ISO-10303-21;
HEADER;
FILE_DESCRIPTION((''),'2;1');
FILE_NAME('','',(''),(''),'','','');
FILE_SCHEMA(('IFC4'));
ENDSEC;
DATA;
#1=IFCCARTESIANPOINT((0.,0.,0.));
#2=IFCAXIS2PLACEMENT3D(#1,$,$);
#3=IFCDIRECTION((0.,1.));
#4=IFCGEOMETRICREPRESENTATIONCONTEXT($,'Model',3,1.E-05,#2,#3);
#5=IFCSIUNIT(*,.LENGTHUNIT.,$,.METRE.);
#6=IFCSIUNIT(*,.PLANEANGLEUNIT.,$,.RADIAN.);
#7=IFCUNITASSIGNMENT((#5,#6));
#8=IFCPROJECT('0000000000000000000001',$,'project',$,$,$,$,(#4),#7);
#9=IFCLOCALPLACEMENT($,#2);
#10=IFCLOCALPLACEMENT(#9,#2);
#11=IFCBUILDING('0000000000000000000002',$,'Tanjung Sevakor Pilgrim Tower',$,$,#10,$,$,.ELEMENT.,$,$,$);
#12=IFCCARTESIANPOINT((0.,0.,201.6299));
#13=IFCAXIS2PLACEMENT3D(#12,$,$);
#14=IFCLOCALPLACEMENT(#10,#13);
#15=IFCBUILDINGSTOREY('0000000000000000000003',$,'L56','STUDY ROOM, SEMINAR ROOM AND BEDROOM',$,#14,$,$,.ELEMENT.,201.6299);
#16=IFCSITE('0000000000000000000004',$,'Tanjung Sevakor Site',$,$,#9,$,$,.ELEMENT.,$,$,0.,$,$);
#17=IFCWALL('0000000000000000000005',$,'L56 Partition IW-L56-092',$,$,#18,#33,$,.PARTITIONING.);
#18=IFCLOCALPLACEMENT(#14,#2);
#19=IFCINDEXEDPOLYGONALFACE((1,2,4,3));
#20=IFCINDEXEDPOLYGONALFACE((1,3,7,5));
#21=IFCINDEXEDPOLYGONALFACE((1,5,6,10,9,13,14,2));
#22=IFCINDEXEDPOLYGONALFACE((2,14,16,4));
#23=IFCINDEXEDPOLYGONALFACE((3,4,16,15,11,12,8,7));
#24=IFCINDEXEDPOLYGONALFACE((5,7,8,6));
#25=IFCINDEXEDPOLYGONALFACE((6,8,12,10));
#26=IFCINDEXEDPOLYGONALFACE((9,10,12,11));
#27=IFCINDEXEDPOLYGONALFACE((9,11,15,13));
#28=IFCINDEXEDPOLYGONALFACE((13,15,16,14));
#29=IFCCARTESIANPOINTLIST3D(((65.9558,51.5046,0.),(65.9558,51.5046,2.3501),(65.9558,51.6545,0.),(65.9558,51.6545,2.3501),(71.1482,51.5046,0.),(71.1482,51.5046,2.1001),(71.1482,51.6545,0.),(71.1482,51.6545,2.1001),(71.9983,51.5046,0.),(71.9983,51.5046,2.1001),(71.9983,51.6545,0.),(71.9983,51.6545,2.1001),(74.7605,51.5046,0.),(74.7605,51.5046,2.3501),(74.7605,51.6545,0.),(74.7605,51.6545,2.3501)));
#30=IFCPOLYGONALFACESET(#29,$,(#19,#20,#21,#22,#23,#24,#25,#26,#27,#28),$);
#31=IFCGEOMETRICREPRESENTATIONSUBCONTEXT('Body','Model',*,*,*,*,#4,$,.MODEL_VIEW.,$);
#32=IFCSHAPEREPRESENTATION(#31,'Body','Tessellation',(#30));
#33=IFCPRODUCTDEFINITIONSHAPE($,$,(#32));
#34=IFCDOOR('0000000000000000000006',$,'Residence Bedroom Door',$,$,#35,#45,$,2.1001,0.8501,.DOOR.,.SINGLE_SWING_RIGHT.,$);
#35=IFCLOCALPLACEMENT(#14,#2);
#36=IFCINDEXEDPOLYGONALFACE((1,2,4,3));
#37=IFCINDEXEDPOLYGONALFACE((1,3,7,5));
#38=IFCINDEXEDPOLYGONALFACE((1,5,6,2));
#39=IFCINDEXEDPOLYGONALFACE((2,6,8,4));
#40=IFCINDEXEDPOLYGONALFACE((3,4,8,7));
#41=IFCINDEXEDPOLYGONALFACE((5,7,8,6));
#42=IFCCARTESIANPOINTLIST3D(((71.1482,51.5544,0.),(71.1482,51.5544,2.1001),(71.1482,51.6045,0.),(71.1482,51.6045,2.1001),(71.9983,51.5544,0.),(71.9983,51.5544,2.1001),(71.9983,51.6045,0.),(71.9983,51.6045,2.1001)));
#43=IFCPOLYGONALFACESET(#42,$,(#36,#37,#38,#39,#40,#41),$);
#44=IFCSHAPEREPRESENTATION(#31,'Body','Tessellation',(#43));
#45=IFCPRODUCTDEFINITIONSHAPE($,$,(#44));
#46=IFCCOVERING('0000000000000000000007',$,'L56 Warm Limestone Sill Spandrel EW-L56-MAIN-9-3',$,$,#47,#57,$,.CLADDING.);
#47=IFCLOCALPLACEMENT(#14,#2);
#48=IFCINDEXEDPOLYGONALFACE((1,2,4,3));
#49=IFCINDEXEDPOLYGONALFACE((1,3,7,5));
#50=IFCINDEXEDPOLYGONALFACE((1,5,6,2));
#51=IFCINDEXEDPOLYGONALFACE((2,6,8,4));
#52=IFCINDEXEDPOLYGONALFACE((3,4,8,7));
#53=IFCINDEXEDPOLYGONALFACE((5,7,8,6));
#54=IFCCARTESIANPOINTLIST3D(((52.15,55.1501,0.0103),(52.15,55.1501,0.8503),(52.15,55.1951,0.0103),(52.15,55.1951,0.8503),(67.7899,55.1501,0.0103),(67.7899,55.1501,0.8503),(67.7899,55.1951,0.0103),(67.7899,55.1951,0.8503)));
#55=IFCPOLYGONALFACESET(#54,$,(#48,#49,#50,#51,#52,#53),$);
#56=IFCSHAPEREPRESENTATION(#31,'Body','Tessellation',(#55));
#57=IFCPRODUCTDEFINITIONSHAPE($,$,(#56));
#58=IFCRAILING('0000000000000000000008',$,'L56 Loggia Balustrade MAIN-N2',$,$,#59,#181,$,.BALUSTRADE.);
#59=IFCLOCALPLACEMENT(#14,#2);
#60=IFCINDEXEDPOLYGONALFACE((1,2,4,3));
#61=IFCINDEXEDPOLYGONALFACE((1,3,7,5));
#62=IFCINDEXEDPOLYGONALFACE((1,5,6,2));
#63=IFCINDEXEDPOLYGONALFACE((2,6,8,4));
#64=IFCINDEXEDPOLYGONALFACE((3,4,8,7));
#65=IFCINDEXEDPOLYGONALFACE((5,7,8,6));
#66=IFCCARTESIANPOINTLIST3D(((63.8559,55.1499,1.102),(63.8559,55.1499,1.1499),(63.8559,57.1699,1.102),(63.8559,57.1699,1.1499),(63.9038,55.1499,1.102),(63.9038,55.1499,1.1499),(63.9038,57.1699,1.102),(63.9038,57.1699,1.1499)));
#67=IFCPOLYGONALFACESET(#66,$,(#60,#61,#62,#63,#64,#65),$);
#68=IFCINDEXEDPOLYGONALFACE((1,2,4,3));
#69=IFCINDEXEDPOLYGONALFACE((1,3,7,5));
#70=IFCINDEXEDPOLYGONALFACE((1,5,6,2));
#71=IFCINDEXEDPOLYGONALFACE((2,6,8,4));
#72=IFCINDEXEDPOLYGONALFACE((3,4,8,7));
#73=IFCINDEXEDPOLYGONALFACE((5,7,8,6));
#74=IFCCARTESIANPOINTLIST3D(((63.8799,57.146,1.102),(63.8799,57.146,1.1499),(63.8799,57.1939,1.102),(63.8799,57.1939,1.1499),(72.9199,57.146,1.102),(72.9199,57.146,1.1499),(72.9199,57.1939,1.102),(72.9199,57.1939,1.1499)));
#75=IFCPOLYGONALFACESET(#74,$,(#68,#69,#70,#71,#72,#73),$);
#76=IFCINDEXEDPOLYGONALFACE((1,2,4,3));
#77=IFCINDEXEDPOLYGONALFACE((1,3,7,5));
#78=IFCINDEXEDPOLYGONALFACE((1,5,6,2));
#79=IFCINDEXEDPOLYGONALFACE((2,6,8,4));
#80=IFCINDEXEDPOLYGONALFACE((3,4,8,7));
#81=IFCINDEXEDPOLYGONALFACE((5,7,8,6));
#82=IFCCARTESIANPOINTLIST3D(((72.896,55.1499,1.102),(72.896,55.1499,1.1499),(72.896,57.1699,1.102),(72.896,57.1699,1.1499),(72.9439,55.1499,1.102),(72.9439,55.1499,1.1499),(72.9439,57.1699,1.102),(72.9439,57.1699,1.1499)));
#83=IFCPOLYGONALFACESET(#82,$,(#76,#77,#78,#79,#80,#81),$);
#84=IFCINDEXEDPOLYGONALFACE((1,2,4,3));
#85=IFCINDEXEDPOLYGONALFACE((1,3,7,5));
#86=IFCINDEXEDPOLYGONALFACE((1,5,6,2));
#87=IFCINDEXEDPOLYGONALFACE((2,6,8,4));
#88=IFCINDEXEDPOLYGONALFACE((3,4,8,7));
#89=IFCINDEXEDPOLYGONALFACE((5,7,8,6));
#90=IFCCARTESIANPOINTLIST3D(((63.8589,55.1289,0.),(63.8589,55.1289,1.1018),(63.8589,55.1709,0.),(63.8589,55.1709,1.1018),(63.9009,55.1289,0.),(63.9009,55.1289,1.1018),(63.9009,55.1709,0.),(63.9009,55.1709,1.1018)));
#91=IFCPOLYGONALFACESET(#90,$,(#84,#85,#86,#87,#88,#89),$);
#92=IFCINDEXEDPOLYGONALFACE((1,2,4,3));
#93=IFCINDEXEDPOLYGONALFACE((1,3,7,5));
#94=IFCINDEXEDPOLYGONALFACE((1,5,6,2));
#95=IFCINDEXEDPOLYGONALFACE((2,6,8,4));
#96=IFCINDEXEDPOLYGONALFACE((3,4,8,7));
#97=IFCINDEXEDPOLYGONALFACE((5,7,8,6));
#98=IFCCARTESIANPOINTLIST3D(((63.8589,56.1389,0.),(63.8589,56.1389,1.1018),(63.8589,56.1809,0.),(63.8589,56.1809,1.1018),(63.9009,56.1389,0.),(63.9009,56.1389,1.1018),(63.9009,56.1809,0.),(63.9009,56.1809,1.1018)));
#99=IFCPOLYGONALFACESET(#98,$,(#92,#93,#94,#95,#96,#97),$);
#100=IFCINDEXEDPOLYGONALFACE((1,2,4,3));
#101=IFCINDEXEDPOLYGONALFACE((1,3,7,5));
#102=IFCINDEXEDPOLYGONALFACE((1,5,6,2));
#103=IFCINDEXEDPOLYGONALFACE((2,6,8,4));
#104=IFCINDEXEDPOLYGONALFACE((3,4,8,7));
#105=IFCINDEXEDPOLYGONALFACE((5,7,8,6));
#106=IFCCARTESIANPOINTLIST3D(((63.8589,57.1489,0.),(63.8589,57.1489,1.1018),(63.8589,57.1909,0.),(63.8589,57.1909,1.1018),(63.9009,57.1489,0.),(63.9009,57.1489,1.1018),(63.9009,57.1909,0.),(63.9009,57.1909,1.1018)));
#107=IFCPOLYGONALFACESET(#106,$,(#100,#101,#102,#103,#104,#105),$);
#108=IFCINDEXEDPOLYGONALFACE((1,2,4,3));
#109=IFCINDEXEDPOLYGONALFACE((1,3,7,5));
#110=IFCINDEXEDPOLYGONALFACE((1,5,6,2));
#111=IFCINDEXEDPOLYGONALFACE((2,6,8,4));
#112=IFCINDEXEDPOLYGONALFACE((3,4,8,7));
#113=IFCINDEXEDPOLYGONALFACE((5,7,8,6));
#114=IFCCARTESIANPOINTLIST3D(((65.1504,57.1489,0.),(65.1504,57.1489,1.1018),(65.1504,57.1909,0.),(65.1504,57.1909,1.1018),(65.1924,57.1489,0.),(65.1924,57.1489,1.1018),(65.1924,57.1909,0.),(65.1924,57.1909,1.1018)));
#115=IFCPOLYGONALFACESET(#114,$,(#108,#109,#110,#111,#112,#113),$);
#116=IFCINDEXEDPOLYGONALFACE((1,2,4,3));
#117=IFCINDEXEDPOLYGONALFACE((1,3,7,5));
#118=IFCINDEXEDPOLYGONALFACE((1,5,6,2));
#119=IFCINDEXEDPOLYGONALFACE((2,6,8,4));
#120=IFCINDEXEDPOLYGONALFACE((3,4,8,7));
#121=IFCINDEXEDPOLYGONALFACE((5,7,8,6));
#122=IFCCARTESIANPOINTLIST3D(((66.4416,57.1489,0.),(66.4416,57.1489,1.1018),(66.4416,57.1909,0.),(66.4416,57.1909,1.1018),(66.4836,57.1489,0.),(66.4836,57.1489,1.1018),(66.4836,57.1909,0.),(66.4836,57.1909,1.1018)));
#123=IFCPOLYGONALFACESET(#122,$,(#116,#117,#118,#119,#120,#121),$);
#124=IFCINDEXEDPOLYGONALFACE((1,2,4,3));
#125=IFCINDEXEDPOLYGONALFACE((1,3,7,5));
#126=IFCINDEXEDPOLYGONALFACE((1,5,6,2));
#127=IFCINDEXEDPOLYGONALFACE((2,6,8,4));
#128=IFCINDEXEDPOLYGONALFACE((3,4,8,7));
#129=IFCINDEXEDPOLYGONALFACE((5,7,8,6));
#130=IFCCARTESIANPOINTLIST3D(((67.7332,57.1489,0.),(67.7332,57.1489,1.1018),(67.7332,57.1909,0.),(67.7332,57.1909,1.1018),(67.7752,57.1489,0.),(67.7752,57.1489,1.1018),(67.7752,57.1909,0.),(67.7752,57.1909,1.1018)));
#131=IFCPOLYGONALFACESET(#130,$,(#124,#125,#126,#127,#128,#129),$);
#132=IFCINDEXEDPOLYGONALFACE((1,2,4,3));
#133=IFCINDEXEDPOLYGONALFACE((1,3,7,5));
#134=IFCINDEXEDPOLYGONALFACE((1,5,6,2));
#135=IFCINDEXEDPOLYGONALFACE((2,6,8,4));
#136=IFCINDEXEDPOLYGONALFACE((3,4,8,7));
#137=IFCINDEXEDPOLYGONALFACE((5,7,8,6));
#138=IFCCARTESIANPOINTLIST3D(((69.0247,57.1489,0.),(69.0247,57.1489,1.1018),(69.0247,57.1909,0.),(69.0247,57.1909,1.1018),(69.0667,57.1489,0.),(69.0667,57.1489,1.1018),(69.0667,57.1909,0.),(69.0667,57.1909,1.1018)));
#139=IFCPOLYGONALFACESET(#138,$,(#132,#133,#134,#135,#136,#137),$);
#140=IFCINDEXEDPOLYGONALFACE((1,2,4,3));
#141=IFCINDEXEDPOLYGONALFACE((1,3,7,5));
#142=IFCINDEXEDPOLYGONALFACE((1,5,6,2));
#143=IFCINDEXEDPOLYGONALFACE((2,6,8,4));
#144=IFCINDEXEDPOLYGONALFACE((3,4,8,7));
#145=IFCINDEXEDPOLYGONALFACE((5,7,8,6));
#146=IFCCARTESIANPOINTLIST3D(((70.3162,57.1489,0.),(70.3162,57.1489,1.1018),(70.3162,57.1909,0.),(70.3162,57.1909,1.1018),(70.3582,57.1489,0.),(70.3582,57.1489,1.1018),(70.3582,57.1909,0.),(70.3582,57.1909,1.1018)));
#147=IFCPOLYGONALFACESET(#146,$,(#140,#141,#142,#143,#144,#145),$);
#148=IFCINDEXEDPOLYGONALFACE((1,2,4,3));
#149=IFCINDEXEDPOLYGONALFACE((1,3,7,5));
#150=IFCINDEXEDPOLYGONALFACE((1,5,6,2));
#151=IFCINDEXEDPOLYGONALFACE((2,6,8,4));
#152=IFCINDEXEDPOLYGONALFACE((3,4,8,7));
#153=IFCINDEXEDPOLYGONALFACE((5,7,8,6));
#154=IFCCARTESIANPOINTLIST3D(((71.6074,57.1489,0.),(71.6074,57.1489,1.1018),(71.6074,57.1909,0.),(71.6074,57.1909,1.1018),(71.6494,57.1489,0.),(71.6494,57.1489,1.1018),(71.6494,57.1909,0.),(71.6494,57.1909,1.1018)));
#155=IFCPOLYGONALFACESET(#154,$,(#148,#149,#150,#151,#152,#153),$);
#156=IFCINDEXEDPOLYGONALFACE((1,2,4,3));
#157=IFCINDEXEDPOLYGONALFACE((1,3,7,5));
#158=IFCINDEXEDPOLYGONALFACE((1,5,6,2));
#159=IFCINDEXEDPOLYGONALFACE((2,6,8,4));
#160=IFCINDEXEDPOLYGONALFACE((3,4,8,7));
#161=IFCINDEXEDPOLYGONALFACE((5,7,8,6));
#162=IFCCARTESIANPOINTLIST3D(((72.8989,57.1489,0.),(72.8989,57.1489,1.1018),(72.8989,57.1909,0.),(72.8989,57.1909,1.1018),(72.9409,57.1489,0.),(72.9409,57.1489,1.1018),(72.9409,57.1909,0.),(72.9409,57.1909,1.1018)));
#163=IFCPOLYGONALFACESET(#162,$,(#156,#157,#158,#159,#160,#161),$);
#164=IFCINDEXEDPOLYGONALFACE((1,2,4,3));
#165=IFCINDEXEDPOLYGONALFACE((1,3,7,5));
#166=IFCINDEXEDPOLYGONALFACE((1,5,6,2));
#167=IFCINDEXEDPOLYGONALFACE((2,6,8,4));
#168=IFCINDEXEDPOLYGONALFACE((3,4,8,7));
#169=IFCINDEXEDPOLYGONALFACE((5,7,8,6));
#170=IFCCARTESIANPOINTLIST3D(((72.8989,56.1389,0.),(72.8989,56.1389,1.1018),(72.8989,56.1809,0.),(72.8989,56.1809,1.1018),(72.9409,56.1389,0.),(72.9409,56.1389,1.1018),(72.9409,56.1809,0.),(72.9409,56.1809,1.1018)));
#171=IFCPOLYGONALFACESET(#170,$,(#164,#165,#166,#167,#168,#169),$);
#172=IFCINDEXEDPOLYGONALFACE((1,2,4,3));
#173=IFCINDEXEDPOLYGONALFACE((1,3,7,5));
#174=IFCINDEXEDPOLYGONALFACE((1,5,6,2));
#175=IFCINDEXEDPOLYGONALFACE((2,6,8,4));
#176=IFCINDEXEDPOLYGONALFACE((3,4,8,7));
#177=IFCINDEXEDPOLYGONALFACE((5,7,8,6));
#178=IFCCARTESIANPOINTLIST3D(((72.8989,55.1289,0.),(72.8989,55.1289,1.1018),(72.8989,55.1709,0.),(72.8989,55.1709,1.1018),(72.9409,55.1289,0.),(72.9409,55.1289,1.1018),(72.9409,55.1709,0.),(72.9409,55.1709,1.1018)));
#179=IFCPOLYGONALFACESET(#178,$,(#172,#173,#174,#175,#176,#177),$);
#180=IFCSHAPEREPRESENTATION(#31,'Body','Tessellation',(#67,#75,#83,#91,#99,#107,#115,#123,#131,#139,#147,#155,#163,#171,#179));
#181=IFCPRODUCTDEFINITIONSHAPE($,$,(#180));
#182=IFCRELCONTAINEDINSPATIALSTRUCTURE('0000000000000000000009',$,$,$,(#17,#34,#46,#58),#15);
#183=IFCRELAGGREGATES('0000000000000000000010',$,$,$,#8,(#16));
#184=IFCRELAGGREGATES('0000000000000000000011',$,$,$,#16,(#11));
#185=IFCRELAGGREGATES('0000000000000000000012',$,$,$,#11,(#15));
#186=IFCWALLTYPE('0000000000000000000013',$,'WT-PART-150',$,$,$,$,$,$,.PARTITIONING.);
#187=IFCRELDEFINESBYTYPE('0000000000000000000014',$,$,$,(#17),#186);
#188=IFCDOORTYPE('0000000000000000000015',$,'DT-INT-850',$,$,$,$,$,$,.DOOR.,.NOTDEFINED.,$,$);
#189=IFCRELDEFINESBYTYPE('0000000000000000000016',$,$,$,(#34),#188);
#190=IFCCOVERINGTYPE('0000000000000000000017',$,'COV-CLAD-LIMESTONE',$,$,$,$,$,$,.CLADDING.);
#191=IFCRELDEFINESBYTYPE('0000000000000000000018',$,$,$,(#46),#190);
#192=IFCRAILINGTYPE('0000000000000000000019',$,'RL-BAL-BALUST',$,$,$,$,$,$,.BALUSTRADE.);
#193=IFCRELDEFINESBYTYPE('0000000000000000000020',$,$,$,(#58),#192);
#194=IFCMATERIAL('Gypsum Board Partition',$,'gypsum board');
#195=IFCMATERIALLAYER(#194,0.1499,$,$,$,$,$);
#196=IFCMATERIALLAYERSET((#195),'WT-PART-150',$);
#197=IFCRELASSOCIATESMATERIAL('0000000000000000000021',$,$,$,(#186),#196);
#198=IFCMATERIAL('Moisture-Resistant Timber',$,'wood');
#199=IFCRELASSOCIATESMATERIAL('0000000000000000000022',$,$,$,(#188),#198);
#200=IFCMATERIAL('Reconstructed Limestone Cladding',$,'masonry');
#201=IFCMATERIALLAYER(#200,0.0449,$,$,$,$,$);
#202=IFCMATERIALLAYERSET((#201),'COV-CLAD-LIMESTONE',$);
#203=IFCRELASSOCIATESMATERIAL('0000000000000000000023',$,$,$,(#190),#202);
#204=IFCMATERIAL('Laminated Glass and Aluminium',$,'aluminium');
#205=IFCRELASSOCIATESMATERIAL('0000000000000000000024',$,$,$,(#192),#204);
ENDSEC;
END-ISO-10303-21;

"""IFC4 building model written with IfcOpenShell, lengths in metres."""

from ifc_helpers import new_model, si_unit, direction, frame, frame_2d, origin, origin_2d, place, context, subcontext, project, spatial, rectangle, extrude, material, layer, layer_set, type_object, element, fill, save


model = new_model("IFC4")

# Units and contexts
model_context = context("Model", 3, precision=1e-05, world=origin(), true_north=direction((0.0, 1.0)))
body_context = subcontext(model_context, "Body", "Model", "MODEL_VIEW")
ifc_project = project(units=[si_unit("LENGTHUNIT", "METRE"), si_unit("PLANEANGLEUNIT", "RADIAN")], contexts=[model_context])

# Site, building, storey
site_placement = place(None, origin())
site = spatial("IfcSite", under=ifc_project, at=site_placement, Name="Tanjung Sevakor Site", CompositionType="ELEMENT", RefElevation=0.0)
building_placement = place(site_placement, origin())
building = spatial("IfcBuilding", under=site, at=building_placement, Name="Tanjung Sevakor Pilgrim Tower", CompositionType="ELEMENT")
storey_placement = place(building_placement, frame((0.0, 0.0, 201.6299)))
storey = spatial("IfcBuildingStorey", under=building, at=storey_placement, Name="L56", Description="STUDY ROOM, SEMINAR ROOM AND BEDROOM", CompositionType="ELEMENT", Elevation=201.6299)

# Shared definitions
ifc_material_1 = material(Name="Gypsum Board Partition", Category="gypsum board")
ifc_layer_1 = layer(ifc_material_1, 0.1499)
ifc_layer_set_1 = layer_set([ifc_layer_1], Name="WT-PART-150")
wall_type_1 = type_object("IfcWallType", Name="WT-PART-150", PredefinedType="PARTITIONING", material=ifc_layer_set_1)

# Shared definitions
ifc_material_2 = material(Name="Moisture-Resistant Timber", Category="wood")
door_type_1 = type_object("IfcDoorType", Name="DT-INT-850", OperationType="NOTDEFINED", PredefinedType="DOOR", material=ifc_material_2)

# Wall, opening, door
wall_1_placement = place(storey_placement, frame((65.9558, 51.5796, 0.0), z_axis=(0.0, 0.0, 1.0), x_axis=(1.0, 0.0, 0.0)))
wall_1 = element("IfcWall", 1, at=wall_1_placement, inside=storey, type_object=wall_type_1, Name="L56 Partition IW-L56-092", PredefinedType="PARTITIONING", context=body_context, shape_type="SweptSolid", body=[
    extrude(rectangle(XDim=8.8047, YDim=0.1499, at=frame_2d((4.4023, 0.0))), origin(), (0.0, 0.0, 1.0), 2.3501),
])
opening_1_placement = place(wall_1_placement, frame((5.1924, 0.0, 0.0)))
opening_1 = element("IfcOpeningElement", 2, at=opening_1_placement, cuts=wall_1, PredefinedType="OPENING", context=body_context, shape_type="SweptSolid", body=[
    extrude(rectangle(XDim=0.8501, YDim=2.1001, at=frame_2d((0.425, 1.05))), frame((0.0, 0.085, 0.0), z_axis=(0.0, -1.0, 0.0), x_axis=(1.0, 0.0, 0.0)), (0.0, 0.0, 1.0), 0.1699),
])
door_1_placement = place(opening_1_placement, origin())
door_1 = element("IfcDoor", 3, at=door_1_placement, inside=storey, type_object=door_type_1, Name="Residence Bedroom Door", OperationType="SINGLE_SWING_RIGHT", OverallHeight=2.1001, OverallWidth=0.8501, PredefinedType="DOOR", context=body_context, shape_type="SweptSolid", body=[
    extrude(rectangle(XDim=0.8501, YDim=2.1001, at=frame_2d((0.425, 1.05))), frame((0.0, 0.0249, 0.0), z_axis=(0.0, -1.0, 0.0), x_axis=(1.0, 0.0, 0.0)), (0.0, 0.0, 1.0), 0.05),
])
fill(opening_1, door_1)

# Covering
ifc_material_3 = material(Name="Reconstructed Limestone Cladding", Category="masonry")
ifc_layer_2 = layer(ifc_material_3, 0.0449)
ifc_layer_set_2 = layer_set([ifc_layer_2], Name="COV-CLAD-LIMESTONE")
covering_type = type_object("IfcCoveringType", Name="COV-CLAD-LIMESTONE", PredefinedType="CLADDING", material=ifc_layer_set_2)
covering_placement = place(storey_placement, frame((59.97, 55.1726, 0.0103), z_axis=(0.0, 0.0, 1.0), x_axis=(-1.0, 0.0, 0.0)))
element("IfcCovering", 4, at=covering_placement, inside=storey, type_object=covering_type, Name="L56 Warm Limestone Sill Spandrel EW-L56-MAIN-9-3", PredefinedType="CLADDING", context=body_context, shape_type="SweptSolid", body=[
    extrude(rectangle(XDim=15.6399, YDim=0.0449, at=origin_2d()), origin(), (0.0, 0.0, 1.0), 0.8401),
])

# Railing
ifc_material_4 = material(Name="Laminated Glass and Aluminium", Category="aluminium")
railing_type = type_object("IfcRailingType", Name="RL-BAL-BALUST", PredefinedType="BALUSTRADE", material=ifc_material_4)
railing_placement = place(storey_placement, frame((63.8799, 55.1499, 0.0)))
element("IfcRailing", 5, at=railing_placement, inside=storey, type_object=railing_type, Name="L56 Loggia Balustrade MAIN-N2", PredefinedType="BALUSTRADE", context=body_context, shape_type="SweptSolid", body=[
    extrude(rectangle(XDim=0.0479, YDim=0.0479), frame((0.0, 0.0, 1.126), z_axis=(0.0, 1.0, 0.0), x_axis=(-1.0, 0.0, 0.0)), (0.0, 0.0, 1.0), 2.02),
    extrude(rectangle(XDim=0.0479, YDim=0.0479), frame((0.0, 2.02, 1.126), z_axis=(1.0, 0.0, 0.0), x_axis=(0.0, 1.0, 0.0)), (0.0, 0.0, 1.0), 9.04),
    extrude(rectangle(XDim=0.0479, YDim=0.0479), frame((9.04, 2.02, 1.126), z_axis=(0.0, -1.0, 0.0), x_axis=(1.0, 0.0, 0.0)), (0.0, 0.0, 1.0), 2.02),
    extrude(rectangle(XDim=0.042, YDim=0.042), origin(), (0.0, 0.0, 1.0), 1.1018),
    extrude(rectangle(XDim=0.042, YDim=0.042), frame((0.0, 1.01, 0.0)), (0.0, 0.0, 1.0), 1.1018),
    extrude(rectangle(XDim=0.042, YDim=0.042), frame((0.0, 2.02, 0.0)), (0.0, 0.0, 1.0), 1.1018),
    extrude(rectangle(XDim=0.042, YDim=0.042), frame((1.2915, 2.02, 0.0)), (0.0, 0.0, 1.0), 1.1018),
    extrude(rectangle(XDim=0.042, YDim=0.042), frame((2.5828, 2.02, 0.0)), (0.0, 0.0, 1.0), 1.1018),
    extrude(rectangle(XDim=0.042, YDim=0.042), frame((3.8743, 2.02, 0.0)), (0.0, 0.0, 1.0), 1.1018),
    extrude(rectangle(XDim=0.042, YDim=0.042), frame((5.1658, 2.02, 0.0)), (0.0, 0.0, 1.0), 1.1018),
    extrude(rectangle(XDim=0.042, YDim=0.042), frame((6.4573, 2.02, 0.0)), (0.0, 0.0, 1.0), 1.1018),
    extrude(rectangle(XDim=0.042, YDim=0.042), frame((7.7485, 2.02, 0.0)), (0.0, 0.0, 1.0), 1.1018),
    extrude(rectangle(XDim=0.042, YDim=0.042), frame((9.04, 2.02, 0.0)), (0.0, 0.0, 1.0), 1.1018),
    extrude(rectangle(XDim=0.042, YDim=0.042), frame((9.04, 1.01, 0.0)), (0.0, 0.0, 1.0), 1.1018),
    extrude(rectangle(XDim=0.042, YDim=0.042), frame((9.04, 0.0, 0.0)), (0.0, 0.0, 1.0), 1.1018),
])

save(model, "model.ifc")
